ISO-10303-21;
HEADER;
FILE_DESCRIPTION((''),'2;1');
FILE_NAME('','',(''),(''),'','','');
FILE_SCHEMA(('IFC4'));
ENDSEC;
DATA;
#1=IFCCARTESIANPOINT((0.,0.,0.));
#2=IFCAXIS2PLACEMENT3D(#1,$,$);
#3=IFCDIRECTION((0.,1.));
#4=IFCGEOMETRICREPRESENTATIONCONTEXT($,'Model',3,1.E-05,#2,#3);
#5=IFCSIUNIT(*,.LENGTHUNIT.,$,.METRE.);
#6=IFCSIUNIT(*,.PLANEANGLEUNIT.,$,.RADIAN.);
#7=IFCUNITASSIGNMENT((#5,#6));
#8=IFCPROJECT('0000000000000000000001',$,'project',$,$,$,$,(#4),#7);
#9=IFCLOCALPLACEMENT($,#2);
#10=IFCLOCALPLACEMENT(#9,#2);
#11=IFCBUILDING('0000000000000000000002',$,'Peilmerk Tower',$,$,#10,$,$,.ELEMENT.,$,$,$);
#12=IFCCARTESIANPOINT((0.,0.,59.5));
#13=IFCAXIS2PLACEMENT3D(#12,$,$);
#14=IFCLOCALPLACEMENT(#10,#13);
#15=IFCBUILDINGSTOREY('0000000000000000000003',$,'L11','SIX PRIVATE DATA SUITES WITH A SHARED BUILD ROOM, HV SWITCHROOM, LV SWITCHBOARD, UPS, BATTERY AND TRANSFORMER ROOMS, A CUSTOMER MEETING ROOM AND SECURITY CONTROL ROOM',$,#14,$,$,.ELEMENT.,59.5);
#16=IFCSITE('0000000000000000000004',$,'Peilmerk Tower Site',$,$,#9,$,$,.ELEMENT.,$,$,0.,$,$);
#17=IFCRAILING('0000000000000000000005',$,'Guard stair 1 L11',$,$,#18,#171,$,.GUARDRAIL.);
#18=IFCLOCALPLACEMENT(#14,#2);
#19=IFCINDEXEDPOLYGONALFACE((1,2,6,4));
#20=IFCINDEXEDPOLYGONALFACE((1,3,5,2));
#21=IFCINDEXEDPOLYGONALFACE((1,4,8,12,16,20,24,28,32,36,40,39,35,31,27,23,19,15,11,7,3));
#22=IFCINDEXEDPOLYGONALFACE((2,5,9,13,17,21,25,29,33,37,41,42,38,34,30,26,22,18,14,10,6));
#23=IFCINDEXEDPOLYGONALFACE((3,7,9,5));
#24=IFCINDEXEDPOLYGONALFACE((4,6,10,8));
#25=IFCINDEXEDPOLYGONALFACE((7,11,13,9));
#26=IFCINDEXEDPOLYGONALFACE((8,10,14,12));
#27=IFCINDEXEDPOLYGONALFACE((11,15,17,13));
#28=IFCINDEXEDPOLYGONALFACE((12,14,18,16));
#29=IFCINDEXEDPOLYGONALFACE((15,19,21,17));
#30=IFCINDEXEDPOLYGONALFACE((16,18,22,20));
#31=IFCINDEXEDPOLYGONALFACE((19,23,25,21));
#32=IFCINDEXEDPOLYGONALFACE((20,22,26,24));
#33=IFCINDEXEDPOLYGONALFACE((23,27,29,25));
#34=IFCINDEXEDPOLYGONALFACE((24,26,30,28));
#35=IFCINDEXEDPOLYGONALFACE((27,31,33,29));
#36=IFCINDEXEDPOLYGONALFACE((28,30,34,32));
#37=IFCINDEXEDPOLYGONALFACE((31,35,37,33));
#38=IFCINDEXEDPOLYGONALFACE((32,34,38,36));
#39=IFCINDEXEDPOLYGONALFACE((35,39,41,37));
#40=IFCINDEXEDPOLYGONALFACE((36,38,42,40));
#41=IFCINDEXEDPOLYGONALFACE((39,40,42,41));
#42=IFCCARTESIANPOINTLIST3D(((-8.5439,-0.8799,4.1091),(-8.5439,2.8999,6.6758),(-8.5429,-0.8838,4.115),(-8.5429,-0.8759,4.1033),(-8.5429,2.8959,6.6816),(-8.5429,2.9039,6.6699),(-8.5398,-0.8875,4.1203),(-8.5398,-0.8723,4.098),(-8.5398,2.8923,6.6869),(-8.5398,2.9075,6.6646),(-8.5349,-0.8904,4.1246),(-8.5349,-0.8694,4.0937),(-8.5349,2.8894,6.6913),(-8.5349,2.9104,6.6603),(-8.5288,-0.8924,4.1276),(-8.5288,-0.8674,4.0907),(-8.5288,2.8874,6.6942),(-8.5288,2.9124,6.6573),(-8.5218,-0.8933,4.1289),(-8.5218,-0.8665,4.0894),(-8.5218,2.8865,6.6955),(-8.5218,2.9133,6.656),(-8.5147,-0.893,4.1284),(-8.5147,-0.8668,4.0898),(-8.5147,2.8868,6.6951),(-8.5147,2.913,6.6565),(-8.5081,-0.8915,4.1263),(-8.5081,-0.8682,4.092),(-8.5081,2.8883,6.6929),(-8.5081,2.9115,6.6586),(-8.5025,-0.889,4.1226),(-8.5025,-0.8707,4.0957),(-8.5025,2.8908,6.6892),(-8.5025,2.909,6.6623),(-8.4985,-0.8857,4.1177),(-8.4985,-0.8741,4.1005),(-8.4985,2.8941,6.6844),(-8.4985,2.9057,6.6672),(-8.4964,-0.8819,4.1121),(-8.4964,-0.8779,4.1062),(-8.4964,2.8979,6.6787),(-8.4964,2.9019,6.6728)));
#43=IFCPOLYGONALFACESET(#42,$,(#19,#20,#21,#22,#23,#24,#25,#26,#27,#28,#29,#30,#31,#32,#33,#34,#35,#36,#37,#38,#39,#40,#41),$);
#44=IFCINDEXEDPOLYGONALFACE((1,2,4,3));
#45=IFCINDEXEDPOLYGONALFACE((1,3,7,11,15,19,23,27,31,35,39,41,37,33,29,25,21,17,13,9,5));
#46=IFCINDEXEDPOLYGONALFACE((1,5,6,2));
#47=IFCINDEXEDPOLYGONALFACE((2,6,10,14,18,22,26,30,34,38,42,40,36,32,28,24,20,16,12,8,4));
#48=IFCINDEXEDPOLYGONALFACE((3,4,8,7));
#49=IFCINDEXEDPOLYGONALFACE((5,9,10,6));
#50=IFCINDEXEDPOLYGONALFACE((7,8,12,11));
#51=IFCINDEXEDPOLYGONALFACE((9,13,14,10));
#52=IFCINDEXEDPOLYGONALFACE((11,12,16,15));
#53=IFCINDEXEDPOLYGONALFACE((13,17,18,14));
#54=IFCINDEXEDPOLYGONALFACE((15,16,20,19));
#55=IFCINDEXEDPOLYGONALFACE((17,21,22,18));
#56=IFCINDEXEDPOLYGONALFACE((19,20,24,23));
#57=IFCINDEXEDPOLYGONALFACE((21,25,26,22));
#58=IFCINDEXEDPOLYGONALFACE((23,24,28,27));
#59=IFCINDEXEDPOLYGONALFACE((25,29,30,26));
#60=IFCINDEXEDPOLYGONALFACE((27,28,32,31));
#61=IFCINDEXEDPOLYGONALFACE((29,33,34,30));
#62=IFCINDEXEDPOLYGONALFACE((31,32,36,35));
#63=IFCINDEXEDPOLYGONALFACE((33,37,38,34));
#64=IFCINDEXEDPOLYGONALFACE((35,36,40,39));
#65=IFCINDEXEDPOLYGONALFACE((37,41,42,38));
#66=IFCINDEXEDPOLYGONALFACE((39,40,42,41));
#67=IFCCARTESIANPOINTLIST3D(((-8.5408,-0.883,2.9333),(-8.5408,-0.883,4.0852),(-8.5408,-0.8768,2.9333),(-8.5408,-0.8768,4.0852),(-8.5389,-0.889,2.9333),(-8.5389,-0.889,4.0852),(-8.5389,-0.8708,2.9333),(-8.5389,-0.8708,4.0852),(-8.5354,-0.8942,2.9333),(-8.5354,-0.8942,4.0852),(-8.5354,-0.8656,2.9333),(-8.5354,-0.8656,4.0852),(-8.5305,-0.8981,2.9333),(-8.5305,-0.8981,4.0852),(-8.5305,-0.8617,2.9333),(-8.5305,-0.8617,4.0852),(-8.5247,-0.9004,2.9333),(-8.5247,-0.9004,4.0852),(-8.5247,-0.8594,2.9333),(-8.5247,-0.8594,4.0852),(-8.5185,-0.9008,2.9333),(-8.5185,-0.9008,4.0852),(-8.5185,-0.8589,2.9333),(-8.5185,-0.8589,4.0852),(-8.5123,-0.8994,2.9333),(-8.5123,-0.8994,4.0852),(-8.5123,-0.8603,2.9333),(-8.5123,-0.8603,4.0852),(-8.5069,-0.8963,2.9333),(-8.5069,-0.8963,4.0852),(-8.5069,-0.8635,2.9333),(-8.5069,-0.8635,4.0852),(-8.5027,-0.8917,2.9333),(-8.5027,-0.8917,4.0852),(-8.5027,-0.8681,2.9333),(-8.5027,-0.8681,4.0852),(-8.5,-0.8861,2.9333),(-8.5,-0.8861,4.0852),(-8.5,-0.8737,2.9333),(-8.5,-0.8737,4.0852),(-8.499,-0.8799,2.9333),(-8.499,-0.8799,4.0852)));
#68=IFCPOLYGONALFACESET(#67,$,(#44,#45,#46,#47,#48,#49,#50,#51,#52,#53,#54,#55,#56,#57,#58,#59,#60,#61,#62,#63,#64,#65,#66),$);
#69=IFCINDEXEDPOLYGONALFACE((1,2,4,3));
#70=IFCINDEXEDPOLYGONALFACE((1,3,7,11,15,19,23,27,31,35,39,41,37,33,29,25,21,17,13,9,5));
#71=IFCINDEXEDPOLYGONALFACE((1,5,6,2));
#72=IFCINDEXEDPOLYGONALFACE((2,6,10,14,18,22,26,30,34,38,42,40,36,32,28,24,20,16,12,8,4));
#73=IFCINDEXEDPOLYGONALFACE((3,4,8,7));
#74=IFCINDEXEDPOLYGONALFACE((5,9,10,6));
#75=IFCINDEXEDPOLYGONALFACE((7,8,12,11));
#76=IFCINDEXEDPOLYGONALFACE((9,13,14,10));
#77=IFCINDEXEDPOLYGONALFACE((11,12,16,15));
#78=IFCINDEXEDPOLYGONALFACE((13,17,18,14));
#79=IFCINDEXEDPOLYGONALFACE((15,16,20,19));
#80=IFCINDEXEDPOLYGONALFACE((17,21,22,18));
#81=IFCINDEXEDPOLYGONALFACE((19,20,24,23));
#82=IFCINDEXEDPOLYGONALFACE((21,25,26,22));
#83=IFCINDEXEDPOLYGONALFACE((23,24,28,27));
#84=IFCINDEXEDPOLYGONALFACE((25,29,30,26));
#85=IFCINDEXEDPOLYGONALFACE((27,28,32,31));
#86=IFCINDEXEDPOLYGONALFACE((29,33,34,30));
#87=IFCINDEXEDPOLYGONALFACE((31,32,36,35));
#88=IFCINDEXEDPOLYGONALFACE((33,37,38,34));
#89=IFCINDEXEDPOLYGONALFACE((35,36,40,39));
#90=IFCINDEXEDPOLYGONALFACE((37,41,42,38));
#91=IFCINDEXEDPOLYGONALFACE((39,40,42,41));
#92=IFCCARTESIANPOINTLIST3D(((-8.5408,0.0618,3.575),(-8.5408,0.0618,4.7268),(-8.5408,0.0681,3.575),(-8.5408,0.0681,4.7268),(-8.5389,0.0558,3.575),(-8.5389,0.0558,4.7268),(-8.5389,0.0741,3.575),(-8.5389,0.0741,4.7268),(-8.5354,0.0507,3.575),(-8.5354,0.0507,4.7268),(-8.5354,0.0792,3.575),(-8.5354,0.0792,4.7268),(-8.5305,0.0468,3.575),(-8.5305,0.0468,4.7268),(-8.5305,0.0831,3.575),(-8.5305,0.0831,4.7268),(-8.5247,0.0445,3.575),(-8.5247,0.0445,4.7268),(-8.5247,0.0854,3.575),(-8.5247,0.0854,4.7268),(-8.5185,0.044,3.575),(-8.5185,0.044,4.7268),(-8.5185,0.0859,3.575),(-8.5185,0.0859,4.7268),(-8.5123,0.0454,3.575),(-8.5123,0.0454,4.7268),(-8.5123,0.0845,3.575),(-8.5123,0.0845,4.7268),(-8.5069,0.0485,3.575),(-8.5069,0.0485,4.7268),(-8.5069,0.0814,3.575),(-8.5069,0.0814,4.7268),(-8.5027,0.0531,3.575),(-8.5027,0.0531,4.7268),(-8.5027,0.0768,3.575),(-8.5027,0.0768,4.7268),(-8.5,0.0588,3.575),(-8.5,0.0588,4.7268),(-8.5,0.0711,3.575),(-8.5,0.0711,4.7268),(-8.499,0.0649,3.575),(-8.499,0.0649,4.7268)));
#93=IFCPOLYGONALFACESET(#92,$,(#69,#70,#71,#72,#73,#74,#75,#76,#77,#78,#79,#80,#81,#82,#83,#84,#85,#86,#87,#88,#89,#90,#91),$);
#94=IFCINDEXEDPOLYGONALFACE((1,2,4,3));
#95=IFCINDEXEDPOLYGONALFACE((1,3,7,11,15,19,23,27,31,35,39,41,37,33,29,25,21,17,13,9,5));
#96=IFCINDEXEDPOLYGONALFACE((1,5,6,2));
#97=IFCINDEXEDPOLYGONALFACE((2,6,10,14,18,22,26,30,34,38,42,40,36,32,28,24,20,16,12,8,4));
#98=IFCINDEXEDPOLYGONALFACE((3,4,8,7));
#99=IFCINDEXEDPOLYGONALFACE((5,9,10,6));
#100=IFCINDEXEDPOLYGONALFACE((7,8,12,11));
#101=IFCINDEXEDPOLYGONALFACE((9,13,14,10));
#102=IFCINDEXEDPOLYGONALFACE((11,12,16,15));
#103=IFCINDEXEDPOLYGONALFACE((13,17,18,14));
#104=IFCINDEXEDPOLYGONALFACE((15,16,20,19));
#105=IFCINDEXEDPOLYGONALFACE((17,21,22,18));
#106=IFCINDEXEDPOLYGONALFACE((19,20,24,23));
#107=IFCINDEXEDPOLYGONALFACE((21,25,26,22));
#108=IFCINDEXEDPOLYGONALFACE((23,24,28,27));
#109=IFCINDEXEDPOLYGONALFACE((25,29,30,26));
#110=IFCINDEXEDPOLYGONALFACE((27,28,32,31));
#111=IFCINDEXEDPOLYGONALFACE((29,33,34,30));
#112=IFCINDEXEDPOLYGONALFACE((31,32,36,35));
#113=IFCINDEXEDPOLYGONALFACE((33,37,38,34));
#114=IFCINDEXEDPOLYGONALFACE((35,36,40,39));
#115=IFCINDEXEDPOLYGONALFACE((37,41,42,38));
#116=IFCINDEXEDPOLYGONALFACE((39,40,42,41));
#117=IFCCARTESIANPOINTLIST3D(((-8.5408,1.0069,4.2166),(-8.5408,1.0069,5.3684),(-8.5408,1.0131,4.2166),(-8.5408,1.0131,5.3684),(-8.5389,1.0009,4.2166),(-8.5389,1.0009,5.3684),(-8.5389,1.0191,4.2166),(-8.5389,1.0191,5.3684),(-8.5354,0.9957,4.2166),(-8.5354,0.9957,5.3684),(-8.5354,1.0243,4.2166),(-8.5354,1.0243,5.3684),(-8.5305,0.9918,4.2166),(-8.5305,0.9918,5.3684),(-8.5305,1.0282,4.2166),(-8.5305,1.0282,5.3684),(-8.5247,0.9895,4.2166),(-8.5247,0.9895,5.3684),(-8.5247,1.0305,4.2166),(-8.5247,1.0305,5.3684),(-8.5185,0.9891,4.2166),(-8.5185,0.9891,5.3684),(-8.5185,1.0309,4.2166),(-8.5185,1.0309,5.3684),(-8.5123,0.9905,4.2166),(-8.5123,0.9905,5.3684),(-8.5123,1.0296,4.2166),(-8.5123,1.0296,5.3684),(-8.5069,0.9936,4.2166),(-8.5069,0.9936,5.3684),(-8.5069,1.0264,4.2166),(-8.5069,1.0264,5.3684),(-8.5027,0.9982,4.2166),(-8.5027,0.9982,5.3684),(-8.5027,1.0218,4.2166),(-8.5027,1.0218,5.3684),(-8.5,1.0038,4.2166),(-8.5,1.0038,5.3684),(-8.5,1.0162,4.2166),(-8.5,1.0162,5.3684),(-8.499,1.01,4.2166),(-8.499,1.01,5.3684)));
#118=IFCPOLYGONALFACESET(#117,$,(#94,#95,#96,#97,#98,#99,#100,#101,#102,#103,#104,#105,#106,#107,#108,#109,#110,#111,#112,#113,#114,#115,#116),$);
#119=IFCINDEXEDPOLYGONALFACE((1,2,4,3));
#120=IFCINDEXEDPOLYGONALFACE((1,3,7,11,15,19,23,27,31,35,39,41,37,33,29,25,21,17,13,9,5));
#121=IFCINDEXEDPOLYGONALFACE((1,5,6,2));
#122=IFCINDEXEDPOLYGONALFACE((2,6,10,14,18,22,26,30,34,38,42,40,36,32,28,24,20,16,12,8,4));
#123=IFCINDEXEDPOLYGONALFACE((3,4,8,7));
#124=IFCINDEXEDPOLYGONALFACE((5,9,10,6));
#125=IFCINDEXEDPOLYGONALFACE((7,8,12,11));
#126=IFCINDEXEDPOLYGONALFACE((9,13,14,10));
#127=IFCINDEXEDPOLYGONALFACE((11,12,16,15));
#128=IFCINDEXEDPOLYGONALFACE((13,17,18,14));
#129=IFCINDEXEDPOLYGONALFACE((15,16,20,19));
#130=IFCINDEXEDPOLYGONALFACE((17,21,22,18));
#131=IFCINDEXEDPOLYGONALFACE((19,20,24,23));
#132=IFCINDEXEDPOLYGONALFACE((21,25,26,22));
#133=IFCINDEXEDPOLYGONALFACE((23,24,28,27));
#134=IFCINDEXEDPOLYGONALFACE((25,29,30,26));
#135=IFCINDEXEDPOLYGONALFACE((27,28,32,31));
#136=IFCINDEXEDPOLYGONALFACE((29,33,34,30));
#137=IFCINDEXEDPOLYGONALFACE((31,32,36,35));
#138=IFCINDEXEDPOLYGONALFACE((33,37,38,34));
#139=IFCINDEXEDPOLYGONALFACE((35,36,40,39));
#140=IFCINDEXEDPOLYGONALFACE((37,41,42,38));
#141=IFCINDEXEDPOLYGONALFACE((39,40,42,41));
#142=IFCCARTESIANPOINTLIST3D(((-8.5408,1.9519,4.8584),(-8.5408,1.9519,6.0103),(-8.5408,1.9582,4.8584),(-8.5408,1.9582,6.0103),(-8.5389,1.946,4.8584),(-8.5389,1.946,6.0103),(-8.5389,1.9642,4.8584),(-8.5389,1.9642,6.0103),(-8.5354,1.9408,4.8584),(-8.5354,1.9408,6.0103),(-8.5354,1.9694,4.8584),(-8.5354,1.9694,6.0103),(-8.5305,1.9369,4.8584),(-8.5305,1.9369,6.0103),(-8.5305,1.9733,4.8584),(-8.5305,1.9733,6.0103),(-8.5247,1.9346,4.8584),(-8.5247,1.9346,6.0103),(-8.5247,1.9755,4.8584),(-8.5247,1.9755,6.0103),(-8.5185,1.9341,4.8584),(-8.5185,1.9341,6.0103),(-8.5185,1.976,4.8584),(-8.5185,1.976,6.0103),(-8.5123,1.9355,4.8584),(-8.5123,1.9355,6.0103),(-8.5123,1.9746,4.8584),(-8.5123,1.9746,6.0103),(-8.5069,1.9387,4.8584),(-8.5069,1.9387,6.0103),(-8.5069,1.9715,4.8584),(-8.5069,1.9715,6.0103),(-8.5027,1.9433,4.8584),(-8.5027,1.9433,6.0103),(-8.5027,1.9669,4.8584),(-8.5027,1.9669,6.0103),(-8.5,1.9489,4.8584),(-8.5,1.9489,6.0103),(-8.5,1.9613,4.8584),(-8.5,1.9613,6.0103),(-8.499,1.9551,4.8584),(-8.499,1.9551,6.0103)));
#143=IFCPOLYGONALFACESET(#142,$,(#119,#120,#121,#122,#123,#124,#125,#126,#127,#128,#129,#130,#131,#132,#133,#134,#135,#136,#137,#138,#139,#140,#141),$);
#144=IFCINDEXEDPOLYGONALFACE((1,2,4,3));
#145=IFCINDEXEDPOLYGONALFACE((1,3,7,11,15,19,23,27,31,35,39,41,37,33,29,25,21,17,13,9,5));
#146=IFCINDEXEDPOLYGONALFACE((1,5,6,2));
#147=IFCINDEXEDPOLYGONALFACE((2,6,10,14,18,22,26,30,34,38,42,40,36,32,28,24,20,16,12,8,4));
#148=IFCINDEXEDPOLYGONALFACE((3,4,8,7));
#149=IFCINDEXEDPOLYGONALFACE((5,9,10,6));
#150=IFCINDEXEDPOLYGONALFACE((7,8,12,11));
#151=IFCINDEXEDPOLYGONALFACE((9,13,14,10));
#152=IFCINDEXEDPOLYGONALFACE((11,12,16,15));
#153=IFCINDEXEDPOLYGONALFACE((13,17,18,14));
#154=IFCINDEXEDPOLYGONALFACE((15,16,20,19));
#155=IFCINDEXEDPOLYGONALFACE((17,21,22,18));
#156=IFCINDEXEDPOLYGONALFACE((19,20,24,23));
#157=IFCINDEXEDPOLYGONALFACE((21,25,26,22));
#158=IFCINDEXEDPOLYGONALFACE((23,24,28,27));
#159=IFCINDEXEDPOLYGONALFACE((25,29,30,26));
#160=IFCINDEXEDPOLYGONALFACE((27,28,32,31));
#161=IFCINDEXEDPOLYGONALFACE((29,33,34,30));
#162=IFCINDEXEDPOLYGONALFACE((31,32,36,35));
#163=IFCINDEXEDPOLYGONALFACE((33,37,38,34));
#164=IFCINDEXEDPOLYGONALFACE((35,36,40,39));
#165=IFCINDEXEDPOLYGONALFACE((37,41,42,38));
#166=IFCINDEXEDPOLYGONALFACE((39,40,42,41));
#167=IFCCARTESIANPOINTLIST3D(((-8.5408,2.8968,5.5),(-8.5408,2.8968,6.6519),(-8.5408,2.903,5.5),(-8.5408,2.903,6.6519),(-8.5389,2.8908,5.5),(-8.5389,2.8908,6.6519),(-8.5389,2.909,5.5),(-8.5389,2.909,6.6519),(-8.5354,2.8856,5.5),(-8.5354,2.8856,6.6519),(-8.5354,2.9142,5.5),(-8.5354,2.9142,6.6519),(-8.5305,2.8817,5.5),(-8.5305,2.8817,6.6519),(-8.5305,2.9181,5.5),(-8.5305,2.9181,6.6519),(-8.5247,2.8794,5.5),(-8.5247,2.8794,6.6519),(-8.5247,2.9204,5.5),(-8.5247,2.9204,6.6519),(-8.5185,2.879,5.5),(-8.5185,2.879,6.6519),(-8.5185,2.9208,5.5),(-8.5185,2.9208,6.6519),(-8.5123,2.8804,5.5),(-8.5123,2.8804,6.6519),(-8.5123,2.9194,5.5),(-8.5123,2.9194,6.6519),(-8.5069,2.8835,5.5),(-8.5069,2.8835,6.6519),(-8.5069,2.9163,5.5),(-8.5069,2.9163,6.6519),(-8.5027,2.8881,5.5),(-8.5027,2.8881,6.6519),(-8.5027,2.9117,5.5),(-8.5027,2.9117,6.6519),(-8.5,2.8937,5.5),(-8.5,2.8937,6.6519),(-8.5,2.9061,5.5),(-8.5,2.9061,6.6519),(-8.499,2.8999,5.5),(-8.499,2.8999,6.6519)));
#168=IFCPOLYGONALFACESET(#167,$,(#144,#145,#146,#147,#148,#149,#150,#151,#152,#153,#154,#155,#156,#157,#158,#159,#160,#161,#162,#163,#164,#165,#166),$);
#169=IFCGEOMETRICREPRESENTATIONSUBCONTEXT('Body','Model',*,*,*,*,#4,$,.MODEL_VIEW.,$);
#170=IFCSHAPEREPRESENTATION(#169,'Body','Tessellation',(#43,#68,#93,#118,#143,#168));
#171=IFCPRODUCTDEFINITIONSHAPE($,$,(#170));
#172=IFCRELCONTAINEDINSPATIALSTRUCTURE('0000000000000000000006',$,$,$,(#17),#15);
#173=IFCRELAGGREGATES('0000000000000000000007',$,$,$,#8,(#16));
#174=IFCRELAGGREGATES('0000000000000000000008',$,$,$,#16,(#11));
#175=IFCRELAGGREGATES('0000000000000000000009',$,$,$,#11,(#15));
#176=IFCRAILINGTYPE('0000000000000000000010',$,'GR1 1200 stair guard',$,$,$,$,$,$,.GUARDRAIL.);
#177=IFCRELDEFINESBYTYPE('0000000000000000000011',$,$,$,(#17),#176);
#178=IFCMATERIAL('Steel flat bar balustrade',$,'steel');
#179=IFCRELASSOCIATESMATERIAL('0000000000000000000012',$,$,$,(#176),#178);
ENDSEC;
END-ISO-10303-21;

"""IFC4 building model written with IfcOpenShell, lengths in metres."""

from ifc_helpers import new_model, si_unit, direction, frame, origin, origin_2d, place, context, subcontext, project, spatial, circle, extrude, material, type_object, element, save


model = new_model("IFC4")

# Units and contexts
model_context = context("Model", 3, precision=1e-05, world=origin(), true_north=direction((0.0, 1.0)))
body_context = subcontext(model_context, "Body", "Model", "MODEL_VIEW")
ifc_project = project(units=[si_unit("LENGTHUNIT", "METRE"), si_unit("PLANEANGLEUNIT", "RADIAN")], contexts=[model_context])

# Site, building, storey
site_placement = place(None, origin())
site = spatial("IfcSite", under=ifc_project, at=site_placement, Name="Peilmerk Tower Site", CompositionType="ELEMENT", RefElevation=0.0)
building_placement = place(site_placement, origin())
building = spatial("IfcBuilding", under=site, at=building_placement, Name="Peilmerk Tower", CompositionType="ELEMENT")
storey_placement = place(building_placement, frame((0.0, 0.0, 59.5)))
storey = spatial("IfcBuildingStorey", under=building, at=storey_placement, Name="L11", Description="SIX PRIVATE DATA SUITES WITH A SHARED BUILD ROOM, HV SWITCHROOM, LV SWITCHBOARD, UPS, BATTERY AND TRANSFORMER ROOMS, A CUSTOMER MEETING ROOM AND SECURITY CONTROL ROOM", CompositionType="ELEMENT", Elevation=59.5)

# Railing
ifc_material_1 = material(Name="Steel flat bar balustrade", Category="steel")
railing_type_1 = type_object("IfcRailingType", Name="GR1 1200 stair guard", PredefinedType="GUARDRAIL", material=ifc_material_1)
railing_1_placement = place(storey_placement, frame((-8.52, -0.8799, 2.9333)))
element("IfcRailing", 1, at=railing_1_placement, inside=storey, type_object=railing_type_1, Name="Guard stair 1 L11", PredefinedType="GUARDRAIL", context=body_context, shape_type="SweptSolid", body=[
    extrude(circle(Radius=0.0239, at=origin_2d()), frame((0.0, 0.0, 1.1758), z_axis=(0.0, 0.827293, 0.561771), x_axis=(-1.0, 0.0, 0.0)), (0.0, 0.0, 1.0), 4.5688),
    extrude(circle(Radius=0.021, at=origin_2d()), origin(), (0.0, 0.0, 1.0), 1.1519),
    extrude(circle(Radius=0.021, at=origin_2d()), frame((0.0, 0.9448, 0.6416)), (0.0, 0.0, 1.0), 1.1519),
    extrude(circle(Radius=0.021, at=origin_2d()), frame((0.0, 1.8899, 1.2832)), (0.0, 0.0, 1.0), 1.1519),
    extrude(circle(Radius=0.021, at=origin_2d()), frame((0.0, 2.835, 1.925)), (0.0, 0.0, 1.0), 1.1519),
    extrude(circle(Radius=0.021, at=origin_2d()), frame((0.0, 3.7798, 2.5667)), (0.0, 0.0, 1.0), 1.1519),
])

save(model, "model.ifc")
